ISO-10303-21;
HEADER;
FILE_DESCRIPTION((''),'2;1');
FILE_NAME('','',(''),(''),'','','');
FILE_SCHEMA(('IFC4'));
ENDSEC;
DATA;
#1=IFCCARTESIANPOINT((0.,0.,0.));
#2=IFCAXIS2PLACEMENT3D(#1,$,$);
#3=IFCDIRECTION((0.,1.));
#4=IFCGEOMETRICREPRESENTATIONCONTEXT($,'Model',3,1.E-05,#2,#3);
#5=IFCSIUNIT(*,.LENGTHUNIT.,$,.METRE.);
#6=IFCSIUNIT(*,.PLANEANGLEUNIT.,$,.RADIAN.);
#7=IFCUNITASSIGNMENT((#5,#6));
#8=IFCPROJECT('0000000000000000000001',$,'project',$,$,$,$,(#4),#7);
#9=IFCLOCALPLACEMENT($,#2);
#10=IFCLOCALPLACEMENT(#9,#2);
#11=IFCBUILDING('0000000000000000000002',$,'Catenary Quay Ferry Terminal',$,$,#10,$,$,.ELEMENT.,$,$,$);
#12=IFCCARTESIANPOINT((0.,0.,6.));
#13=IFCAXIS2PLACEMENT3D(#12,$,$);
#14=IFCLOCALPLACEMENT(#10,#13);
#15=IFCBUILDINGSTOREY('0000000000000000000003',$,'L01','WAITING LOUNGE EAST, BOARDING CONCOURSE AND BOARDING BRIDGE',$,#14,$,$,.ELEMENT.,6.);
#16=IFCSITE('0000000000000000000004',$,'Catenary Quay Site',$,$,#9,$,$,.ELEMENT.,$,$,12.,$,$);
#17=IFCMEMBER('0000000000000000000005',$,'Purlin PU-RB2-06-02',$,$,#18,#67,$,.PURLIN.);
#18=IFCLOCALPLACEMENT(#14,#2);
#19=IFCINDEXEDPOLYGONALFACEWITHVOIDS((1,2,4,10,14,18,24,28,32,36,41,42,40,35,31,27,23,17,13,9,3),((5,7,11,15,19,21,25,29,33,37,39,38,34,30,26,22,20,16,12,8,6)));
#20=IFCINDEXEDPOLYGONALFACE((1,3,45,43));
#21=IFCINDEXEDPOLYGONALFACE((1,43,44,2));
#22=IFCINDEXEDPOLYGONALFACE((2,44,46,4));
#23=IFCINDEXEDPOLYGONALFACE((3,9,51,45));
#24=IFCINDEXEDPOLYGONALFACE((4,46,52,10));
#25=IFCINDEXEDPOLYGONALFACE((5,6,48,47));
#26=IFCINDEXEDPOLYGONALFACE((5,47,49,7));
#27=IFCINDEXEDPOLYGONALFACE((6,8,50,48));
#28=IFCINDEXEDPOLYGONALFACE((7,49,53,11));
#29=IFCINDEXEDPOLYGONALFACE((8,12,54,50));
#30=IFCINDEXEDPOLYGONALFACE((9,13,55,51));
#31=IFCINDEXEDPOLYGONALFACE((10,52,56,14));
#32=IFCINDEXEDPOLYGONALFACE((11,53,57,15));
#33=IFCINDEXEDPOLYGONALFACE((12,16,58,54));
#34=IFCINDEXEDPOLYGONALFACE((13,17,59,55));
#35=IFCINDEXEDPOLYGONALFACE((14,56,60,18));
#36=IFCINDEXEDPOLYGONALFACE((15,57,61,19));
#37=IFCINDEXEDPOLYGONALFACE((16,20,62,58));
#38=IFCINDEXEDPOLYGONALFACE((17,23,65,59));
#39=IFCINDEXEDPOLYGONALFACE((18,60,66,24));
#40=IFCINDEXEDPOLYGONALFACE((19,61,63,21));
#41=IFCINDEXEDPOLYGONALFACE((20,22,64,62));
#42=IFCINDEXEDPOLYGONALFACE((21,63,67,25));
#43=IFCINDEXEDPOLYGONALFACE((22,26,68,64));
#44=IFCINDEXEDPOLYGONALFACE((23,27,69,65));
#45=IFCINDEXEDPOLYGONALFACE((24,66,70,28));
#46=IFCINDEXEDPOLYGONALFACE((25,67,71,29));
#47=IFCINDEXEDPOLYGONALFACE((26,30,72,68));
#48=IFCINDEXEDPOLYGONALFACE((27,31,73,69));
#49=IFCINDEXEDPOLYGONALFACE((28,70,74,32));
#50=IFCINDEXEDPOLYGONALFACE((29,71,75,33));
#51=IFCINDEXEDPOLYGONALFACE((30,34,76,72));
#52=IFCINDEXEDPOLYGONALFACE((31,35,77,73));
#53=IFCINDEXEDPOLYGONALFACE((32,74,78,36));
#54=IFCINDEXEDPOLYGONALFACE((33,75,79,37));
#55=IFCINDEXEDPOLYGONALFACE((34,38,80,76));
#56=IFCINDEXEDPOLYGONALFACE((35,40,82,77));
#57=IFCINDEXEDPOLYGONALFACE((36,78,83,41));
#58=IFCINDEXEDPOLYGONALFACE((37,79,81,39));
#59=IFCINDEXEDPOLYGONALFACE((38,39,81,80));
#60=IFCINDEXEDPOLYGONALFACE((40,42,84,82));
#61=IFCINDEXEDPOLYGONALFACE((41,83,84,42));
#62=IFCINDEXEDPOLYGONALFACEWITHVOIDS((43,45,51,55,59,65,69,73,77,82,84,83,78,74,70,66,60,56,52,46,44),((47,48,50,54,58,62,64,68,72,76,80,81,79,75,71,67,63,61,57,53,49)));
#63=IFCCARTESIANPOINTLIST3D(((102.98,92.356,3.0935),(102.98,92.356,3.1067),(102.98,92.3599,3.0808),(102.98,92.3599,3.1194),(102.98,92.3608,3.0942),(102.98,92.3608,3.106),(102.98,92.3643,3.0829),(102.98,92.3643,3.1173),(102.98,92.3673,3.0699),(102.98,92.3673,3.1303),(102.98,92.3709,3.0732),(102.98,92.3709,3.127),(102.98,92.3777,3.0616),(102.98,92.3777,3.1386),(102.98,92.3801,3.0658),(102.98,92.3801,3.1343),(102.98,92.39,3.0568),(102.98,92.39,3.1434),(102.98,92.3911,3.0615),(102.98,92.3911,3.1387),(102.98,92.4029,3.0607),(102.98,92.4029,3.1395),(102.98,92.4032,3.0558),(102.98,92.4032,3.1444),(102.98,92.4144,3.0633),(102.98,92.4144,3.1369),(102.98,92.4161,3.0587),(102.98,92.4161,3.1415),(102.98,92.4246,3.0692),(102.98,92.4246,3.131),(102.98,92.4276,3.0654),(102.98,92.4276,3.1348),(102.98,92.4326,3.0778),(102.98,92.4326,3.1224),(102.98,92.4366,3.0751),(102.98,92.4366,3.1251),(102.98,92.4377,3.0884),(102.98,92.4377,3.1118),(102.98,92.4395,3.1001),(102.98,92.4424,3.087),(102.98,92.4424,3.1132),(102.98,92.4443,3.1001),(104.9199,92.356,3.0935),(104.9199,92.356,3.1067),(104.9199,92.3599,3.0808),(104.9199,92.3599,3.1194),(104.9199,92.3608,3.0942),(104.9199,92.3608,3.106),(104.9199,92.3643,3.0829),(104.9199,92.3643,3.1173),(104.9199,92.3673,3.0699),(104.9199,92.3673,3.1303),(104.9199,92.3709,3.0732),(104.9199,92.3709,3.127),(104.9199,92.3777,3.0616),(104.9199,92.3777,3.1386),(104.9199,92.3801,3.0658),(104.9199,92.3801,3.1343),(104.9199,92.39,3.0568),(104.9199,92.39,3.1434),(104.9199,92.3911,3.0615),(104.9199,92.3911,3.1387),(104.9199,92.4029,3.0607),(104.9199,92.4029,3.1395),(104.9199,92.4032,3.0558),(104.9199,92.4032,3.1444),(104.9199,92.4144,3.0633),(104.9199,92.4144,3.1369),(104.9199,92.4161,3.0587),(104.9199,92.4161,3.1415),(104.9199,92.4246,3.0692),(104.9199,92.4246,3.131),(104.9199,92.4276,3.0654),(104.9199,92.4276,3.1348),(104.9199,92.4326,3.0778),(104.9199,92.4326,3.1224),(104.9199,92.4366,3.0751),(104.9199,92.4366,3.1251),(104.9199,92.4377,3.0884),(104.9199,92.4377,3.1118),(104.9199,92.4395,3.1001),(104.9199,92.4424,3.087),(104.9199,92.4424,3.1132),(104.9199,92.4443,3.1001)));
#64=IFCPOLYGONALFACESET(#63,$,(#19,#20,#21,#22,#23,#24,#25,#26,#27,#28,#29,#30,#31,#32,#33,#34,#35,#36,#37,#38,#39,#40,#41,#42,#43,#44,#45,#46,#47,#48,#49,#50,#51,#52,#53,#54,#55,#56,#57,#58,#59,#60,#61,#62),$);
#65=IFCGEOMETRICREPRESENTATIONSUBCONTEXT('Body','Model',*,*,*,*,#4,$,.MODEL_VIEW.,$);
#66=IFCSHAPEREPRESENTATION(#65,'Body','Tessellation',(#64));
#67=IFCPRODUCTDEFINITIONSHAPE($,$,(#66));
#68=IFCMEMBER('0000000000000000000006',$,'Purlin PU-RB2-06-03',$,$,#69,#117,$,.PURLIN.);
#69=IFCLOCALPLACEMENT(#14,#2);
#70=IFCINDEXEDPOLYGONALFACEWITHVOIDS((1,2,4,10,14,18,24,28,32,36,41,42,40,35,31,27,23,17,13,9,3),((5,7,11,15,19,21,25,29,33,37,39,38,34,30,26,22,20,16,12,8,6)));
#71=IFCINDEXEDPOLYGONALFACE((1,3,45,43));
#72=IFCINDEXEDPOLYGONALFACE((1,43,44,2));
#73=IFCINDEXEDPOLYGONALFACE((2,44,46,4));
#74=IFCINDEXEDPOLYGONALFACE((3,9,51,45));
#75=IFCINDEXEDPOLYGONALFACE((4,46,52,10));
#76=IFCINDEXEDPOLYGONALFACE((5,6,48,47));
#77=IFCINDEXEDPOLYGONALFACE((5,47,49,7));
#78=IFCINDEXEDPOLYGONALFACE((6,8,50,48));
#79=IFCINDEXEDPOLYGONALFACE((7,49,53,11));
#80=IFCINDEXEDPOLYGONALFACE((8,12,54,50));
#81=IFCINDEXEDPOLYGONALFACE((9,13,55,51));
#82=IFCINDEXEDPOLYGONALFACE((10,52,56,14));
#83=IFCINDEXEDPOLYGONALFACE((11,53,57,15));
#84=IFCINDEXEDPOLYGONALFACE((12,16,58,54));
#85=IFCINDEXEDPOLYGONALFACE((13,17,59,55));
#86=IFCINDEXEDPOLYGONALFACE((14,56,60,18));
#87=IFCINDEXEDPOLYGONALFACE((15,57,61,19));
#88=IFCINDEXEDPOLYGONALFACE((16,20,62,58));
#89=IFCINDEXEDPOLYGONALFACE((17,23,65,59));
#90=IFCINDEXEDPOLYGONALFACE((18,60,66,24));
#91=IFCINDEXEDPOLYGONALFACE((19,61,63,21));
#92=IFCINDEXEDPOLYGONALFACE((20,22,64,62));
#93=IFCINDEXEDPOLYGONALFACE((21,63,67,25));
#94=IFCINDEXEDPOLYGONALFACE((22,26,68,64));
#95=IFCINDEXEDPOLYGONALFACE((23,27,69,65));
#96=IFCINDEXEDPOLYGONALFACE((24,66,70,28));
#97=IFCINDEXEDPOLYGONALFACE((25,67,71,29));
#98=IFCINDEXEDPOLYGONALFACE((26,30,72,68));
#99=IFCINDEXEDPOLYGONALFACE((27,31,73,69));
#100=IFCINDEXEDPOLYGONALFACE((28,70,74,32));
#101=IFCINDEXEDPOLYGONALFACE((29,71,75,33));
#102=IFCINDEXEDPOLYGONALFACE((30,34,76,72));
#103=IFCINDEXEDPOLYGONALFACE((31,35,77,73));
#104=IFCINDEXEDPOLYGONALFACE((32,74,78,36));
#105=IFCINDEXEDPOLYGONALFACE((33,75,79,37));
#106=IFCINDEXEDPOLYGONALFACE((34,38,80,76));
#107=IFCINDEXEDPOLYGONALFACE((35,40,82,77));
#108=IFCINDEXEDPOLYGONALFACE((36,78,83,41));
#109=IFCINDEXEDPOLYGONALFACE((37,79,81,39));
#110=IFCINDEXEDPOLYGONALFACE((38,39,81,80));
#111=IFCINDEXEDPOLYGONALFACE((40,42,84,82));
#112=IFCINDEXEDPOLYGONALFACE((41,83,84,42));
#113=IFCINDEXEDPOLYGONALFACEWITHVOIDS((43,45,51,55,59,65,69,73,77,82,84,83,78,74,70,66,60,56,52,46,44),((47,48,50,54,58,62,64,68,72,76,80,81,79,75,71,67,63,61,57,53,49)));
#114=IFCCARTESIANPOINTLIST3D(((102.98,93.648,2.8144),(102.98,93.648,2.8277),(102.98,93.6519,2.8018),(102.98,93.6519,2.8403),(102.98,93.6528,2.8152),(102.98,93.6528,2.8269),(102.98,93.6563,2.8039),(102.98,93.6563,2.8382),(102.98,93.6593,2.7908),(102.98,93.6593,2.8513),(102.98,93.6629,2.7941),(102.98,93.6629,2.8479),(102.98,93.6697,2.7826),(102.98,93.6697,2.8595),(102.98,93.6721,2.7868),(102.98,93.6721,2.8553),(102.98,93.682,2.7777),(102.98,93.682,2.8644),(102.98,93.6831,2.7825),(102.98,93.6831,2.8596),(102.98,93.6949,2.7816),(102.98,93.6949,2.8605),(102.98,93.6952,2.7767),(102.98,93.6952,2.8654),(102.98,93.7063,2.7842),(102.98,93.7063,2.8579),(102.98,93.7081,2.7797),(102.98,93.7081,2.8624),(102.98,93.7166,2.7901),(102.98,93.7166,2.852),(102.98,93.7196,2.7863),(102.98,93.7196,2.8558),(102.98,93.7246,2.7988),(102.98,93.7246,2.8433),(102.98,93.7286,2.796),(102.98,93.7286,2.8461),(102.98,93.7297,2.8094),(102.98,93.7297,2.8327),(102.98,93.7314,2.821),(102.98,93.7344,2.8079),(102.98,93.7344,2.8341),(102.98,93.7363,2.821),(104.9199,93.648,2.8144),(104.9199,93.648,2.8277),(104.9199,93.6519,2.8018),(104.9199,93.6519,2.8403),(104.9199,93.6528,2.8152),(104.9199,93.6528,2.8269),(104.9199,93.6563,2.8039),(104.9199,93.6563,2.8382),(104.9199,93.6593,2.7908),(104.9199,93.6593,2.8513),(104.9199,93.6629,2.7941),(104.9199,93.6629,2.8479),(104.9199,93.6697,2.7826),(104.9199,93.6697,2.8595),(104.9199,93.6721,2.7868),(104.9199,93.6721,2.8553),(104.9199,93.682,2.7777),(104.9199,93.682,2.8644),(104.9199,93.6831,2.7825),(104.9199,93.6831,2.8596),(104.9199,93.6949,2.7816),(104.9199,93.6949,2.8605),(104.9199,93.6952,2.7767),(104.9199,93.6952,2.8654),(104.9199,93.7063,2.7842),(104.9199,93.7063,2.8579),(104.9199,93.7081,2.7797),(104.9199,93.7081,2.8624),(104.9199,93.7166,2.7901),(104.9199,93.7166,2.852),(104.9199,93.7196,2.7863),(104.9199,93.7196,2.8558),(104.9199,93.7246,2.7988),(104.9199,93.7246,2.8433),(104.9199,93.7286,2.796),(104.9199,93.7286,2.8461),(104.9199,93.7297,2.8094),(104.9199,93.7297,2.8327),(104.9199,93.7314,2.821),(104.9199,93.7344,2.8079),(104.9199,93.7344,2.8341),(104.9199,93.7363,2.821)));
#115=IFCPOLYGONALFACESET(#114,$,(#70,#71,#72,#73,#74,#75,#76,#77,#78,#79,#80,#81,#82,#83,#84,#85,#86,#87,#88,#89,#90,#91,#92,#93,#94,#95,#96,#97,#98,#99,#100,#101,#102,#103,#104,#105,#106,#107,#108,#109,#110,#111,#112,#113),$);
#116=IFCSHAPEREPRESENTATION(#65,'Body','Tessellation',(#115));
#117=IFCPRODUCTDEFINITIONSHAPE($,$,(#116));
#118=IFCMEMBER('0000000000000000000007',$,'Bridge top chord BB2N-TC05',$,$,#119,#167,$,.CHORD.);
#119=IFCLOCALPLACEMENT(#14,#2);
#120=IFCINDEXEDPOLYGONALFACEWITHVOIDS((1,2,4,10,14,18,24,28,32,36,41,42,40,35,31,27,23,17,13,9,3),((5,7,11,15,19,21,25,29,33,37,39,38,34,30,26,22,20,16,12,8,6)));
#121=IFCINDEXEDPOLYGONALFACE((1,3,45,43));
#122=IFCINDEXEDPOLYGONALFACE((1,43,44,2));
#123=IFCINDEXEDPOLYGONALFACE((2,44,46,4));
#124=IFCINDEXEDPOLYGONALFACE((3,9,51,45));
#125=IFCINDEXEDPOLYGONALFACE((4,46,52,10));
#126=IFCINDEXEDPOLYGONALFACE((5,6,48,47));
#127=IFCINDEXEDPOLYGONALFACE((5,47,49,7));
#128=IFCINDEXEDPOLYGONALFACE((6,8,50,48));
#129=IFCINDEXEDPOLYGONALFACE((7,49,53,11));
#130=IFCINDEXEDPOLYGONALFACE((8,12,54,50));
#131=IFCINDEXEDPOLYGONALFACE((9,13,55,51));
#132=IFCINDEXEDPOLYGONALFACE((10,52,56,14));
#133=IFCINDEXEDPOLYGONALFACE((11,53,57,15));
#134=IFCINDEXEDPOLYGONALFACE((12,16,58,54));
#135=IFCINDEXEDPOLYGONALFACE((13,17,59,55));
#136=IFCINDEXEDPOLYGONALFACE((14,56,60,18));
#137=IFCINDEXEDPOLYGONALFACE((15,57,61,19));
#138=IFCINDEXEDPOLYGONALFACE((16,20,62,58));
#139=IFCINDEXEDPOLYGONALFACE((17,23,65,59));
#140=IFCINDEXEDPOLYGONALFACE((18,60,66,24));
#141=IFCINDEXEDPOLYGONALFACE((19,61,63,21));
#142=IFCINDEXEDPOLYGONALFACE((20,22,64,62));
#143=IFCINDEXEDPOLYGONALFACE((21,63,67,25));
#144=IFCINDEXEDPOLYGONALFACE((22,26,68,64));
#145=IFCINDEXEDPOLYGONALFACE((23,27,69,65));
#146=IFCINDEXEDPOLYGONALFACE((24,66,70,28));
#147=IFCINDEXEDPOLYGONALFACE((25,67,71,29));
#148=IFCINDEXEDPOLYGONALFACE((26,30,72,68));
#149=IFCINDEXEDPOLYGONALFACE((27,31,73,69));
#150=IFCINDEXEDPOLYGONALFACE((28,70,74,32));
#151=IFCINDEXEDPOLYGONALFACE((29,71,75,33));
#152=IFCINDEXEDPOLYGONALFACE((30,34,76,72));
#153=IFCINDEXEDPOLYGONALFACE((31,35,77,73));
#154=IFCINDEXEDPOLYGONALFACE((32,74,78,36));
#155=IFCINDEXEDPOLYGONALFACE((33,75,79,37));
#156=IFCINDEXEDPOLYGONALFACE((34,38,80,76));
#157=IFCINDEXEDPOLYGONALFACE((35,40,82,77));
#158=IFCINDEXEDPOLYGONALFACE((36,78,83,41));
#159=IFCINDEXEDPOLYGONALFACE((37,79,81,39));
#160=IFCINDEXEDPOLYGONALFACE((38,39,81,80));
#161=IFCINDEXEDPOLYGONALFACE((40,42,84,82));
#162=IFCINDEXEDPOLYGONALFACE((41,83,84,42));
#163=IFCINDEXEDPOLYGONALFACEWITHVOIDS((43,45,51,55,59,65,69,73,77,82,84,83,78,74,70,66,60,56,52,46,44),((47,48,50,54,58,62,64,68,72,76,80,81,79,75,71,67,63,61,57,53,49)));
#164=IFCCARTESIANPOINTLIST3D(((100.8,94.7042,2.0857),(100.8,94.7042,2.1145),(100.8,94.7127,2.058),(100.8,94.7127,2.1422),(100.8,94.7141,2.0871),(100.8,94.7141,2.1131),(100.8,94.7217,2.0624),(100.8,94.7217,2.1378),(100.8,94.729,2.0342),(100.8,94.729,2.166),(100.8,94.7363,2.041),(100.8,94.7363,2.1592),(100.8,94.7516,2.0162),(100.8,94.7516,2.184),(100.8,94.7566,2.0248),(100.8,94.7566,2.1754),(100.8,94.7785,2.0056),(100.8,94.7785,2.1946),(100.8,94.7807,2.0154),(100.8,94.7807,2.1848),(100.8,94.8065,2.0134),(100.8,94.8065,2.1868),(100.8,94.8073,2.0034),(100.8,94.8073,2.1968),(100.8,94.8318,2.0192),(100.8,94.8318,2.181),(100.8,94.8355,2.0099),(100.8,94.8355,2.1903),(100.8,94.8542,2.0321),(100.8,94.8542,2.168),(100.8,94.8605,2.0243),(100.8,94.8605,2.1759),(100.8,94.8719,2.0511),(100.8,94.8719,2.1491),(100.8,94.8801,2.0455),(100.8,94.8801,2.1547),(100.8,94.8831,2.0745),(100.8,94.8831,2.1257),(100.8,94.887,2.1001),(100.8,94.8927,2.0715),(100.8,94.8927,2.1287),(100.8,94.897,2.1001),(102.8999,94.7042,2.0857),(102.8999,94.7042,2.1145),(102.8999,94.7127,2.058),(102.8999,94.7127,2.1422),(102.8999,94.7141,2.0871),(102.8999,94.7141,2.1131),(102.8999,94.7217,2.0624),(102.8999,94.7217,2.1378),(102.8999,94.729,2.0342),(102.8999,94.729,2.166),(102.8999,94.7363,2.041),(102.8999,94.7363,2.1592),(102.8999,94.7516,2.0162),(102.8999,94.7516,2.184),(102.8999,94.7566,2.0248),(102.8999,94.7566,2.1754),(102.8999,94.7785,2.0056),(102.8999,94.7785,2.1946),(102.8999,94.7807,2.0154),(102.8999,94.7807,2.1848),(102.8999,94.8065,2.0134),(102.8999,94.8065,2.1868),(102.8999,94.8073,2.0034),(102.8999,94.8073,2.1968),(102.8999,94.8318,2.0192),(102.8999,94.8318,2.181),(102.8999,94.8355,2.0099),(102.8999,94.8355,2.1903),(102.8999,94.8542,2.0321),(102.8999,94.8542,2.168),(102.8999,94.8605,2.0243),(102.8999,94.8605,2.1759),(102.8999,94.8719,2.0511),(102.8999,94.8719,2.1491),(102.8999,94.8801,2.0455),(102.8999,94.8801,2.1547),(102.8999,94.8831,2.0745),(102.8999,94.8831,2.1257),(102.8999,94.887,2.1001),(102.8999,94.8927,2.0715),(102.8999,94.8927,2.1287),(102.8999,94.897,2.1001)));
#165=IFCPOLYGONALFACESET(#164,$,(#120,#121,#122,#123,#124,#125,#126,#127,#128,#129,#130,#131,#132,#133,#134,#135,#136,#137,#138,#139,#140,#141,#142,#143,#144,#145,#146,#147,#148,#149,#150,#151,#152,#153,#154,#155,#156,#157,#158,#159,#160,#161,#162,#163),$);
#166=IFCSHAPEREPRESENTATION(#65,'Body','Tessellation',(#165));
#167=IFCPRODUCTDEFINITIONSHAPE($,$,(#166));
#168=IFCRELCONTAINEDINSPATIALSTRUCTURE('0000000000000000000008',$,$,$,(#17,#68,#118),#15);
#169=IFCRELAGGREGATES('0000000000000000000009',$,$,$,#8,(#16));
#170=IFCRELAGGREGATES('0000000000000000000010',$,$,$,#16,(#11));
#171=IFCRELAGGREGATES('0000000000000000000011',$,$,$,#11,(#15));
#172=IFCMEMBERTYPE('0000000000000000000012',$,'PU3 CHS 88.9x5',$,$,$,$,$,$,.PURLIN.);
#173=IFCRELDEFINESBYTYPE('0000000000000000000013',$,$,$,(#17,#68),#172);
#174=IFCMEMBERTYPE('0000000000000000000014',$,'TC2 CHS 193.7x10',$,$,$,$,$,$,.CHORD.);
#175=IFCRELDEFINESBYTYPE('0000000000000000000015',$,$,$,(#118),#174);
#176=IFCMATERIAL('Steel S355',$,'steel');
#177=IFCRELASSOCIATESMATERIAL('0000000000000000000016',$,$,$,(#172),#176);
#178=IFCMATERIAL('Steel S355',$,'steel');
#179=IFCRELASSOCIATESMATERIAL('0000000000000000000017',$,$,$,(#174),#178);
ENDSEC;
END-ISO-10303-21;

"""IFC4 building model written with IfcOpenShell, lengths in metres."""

from ifc_helpers import new_model, si_unit, direction, frame, origin, origin_2d, place, context, subcontext, project, spatial, hollow_circle, extrude, material, material_profile, profile_set, type_object, element, save


model = new_model("IFC4")

# Units and contexts
model_context = context("Model", 3, precision=1e-05, world=origin(), true_north=direction((0.0, 1.0)))
body_context = subcontext(model_context, "Body", "Model", "MODEL_VIEW")
ifc_project = project(units=[si_unit("LENGTHUNIT", "METRE"), si_unit("PLANEANGLEUNIT", "RADIAN")], contexts=[model_context])

# Site, building, storey
site_placement = place(None, origin())
site = spatial("IfcSite", under=ifc_project, at=site_placement, Name="Catenary Quay Site", CompositionType="ELEMENT", RefElevation=12.0)
building_placement = place(site_placement, origin())
building = spatial("IfcBuilding", under=site, at=building_placement, Name="Catenary Quay Ferry Terminal", CompositionType="ELEMENT")
storey_placement = place(building_placement, frame((0.0, 0.0, 6.0)))
storey = spatial("IfcBuildingStorey", under=building, at=storey_placement, Name="L01", Description="WAITING LOUNGE EAST, BOARDING CONCOURSE AND BOARDING BRIDGE", CompositionType="ELEMENT", Elevation=6.0)

# Members
ifc_material_1 = material(Name="Steel S355", Category="steel")
ifc_material_profile_1 = material_profile(ifc_material_1, hollow_circle(Radius=0.0444, WallThickness=0.0049, at=origin_2d()), Name="CHS 88.9x5")
ifc_profile_set_1 = profile_set([ifc_material_profile_1], Name="Steel S355")
member_type_1 = type_object("IfcMemberType", Name="PU3 CHS 88.9x5", PredefinedType="PURLIN", material=ifc_profile_set_1)
for number, where, z_axis, x_axis, name in (
    (1, (102.98, 92.3999, 3.1001), (1.0, 0.0, 0.0), (0.0, 1.0, 0.0), "Purlin PU-RB2-06-02"),
    (2, (102.98, 93.6919, 2.821), (1.0, 0.0, 0.0), (0.0, 1.0, 0.0), "Purlin PU-RB2-06-03"),
):
    element("IfcMember", number, at=place(storey_placement, frame(where, z_axis=z_axis, x_axis=x_axis)), inside=storey, type_object=member_type_1, Name=name, PredefinedType="PURLIN", context=body_context, shape_type="SweptSolid", body=[
        extrude(hollow_circle(Radius=0.0444, WallThickness=0.0049, at=origin_2d()), origin(), (0.0, 0.0, 1.0), 1.9399),
    ])
ifc_material_2 = material(Name="Steel S355", Category="steel")
ifc_material_profile_2 = material_profile(ifc_material_2, hollow_circle(Radius=0.0969, WallThickness=0.01, at=origin_2d()), Name="CHS 193.7x10")
ifc_profile_set_2 = profile_set([ifc_material_profile_2], Name="Steel S355")
member_type_2 = type_object("IfcMemberType", Name="TC2 CHS 193.7x10", PredefinedType="CHORD", material=ifc_profile_set_2)
member_1_placement = place(storey_placement, frame((100.8, 94.8, 2.1001), z_axis=(1.0, 0.0, 0.0), x_axis=(0.0, 1.0, 0.0)))
element("IfcMember", 3, at=member_1_placement, inside=storey, type_object=member_type_2, Name="Bridge top chord BB2N-TC05", PredefinedType="CHORD", context=body_context, shape_type="SweptSolid", body=[
    extrude(hollow_circle(Radius=0.0969, WallThickness=0.01, at=origin_2d()), origin(), (0.0, 0.0, 1.0), 2.0999),
])

save(model, "model.ifc")
